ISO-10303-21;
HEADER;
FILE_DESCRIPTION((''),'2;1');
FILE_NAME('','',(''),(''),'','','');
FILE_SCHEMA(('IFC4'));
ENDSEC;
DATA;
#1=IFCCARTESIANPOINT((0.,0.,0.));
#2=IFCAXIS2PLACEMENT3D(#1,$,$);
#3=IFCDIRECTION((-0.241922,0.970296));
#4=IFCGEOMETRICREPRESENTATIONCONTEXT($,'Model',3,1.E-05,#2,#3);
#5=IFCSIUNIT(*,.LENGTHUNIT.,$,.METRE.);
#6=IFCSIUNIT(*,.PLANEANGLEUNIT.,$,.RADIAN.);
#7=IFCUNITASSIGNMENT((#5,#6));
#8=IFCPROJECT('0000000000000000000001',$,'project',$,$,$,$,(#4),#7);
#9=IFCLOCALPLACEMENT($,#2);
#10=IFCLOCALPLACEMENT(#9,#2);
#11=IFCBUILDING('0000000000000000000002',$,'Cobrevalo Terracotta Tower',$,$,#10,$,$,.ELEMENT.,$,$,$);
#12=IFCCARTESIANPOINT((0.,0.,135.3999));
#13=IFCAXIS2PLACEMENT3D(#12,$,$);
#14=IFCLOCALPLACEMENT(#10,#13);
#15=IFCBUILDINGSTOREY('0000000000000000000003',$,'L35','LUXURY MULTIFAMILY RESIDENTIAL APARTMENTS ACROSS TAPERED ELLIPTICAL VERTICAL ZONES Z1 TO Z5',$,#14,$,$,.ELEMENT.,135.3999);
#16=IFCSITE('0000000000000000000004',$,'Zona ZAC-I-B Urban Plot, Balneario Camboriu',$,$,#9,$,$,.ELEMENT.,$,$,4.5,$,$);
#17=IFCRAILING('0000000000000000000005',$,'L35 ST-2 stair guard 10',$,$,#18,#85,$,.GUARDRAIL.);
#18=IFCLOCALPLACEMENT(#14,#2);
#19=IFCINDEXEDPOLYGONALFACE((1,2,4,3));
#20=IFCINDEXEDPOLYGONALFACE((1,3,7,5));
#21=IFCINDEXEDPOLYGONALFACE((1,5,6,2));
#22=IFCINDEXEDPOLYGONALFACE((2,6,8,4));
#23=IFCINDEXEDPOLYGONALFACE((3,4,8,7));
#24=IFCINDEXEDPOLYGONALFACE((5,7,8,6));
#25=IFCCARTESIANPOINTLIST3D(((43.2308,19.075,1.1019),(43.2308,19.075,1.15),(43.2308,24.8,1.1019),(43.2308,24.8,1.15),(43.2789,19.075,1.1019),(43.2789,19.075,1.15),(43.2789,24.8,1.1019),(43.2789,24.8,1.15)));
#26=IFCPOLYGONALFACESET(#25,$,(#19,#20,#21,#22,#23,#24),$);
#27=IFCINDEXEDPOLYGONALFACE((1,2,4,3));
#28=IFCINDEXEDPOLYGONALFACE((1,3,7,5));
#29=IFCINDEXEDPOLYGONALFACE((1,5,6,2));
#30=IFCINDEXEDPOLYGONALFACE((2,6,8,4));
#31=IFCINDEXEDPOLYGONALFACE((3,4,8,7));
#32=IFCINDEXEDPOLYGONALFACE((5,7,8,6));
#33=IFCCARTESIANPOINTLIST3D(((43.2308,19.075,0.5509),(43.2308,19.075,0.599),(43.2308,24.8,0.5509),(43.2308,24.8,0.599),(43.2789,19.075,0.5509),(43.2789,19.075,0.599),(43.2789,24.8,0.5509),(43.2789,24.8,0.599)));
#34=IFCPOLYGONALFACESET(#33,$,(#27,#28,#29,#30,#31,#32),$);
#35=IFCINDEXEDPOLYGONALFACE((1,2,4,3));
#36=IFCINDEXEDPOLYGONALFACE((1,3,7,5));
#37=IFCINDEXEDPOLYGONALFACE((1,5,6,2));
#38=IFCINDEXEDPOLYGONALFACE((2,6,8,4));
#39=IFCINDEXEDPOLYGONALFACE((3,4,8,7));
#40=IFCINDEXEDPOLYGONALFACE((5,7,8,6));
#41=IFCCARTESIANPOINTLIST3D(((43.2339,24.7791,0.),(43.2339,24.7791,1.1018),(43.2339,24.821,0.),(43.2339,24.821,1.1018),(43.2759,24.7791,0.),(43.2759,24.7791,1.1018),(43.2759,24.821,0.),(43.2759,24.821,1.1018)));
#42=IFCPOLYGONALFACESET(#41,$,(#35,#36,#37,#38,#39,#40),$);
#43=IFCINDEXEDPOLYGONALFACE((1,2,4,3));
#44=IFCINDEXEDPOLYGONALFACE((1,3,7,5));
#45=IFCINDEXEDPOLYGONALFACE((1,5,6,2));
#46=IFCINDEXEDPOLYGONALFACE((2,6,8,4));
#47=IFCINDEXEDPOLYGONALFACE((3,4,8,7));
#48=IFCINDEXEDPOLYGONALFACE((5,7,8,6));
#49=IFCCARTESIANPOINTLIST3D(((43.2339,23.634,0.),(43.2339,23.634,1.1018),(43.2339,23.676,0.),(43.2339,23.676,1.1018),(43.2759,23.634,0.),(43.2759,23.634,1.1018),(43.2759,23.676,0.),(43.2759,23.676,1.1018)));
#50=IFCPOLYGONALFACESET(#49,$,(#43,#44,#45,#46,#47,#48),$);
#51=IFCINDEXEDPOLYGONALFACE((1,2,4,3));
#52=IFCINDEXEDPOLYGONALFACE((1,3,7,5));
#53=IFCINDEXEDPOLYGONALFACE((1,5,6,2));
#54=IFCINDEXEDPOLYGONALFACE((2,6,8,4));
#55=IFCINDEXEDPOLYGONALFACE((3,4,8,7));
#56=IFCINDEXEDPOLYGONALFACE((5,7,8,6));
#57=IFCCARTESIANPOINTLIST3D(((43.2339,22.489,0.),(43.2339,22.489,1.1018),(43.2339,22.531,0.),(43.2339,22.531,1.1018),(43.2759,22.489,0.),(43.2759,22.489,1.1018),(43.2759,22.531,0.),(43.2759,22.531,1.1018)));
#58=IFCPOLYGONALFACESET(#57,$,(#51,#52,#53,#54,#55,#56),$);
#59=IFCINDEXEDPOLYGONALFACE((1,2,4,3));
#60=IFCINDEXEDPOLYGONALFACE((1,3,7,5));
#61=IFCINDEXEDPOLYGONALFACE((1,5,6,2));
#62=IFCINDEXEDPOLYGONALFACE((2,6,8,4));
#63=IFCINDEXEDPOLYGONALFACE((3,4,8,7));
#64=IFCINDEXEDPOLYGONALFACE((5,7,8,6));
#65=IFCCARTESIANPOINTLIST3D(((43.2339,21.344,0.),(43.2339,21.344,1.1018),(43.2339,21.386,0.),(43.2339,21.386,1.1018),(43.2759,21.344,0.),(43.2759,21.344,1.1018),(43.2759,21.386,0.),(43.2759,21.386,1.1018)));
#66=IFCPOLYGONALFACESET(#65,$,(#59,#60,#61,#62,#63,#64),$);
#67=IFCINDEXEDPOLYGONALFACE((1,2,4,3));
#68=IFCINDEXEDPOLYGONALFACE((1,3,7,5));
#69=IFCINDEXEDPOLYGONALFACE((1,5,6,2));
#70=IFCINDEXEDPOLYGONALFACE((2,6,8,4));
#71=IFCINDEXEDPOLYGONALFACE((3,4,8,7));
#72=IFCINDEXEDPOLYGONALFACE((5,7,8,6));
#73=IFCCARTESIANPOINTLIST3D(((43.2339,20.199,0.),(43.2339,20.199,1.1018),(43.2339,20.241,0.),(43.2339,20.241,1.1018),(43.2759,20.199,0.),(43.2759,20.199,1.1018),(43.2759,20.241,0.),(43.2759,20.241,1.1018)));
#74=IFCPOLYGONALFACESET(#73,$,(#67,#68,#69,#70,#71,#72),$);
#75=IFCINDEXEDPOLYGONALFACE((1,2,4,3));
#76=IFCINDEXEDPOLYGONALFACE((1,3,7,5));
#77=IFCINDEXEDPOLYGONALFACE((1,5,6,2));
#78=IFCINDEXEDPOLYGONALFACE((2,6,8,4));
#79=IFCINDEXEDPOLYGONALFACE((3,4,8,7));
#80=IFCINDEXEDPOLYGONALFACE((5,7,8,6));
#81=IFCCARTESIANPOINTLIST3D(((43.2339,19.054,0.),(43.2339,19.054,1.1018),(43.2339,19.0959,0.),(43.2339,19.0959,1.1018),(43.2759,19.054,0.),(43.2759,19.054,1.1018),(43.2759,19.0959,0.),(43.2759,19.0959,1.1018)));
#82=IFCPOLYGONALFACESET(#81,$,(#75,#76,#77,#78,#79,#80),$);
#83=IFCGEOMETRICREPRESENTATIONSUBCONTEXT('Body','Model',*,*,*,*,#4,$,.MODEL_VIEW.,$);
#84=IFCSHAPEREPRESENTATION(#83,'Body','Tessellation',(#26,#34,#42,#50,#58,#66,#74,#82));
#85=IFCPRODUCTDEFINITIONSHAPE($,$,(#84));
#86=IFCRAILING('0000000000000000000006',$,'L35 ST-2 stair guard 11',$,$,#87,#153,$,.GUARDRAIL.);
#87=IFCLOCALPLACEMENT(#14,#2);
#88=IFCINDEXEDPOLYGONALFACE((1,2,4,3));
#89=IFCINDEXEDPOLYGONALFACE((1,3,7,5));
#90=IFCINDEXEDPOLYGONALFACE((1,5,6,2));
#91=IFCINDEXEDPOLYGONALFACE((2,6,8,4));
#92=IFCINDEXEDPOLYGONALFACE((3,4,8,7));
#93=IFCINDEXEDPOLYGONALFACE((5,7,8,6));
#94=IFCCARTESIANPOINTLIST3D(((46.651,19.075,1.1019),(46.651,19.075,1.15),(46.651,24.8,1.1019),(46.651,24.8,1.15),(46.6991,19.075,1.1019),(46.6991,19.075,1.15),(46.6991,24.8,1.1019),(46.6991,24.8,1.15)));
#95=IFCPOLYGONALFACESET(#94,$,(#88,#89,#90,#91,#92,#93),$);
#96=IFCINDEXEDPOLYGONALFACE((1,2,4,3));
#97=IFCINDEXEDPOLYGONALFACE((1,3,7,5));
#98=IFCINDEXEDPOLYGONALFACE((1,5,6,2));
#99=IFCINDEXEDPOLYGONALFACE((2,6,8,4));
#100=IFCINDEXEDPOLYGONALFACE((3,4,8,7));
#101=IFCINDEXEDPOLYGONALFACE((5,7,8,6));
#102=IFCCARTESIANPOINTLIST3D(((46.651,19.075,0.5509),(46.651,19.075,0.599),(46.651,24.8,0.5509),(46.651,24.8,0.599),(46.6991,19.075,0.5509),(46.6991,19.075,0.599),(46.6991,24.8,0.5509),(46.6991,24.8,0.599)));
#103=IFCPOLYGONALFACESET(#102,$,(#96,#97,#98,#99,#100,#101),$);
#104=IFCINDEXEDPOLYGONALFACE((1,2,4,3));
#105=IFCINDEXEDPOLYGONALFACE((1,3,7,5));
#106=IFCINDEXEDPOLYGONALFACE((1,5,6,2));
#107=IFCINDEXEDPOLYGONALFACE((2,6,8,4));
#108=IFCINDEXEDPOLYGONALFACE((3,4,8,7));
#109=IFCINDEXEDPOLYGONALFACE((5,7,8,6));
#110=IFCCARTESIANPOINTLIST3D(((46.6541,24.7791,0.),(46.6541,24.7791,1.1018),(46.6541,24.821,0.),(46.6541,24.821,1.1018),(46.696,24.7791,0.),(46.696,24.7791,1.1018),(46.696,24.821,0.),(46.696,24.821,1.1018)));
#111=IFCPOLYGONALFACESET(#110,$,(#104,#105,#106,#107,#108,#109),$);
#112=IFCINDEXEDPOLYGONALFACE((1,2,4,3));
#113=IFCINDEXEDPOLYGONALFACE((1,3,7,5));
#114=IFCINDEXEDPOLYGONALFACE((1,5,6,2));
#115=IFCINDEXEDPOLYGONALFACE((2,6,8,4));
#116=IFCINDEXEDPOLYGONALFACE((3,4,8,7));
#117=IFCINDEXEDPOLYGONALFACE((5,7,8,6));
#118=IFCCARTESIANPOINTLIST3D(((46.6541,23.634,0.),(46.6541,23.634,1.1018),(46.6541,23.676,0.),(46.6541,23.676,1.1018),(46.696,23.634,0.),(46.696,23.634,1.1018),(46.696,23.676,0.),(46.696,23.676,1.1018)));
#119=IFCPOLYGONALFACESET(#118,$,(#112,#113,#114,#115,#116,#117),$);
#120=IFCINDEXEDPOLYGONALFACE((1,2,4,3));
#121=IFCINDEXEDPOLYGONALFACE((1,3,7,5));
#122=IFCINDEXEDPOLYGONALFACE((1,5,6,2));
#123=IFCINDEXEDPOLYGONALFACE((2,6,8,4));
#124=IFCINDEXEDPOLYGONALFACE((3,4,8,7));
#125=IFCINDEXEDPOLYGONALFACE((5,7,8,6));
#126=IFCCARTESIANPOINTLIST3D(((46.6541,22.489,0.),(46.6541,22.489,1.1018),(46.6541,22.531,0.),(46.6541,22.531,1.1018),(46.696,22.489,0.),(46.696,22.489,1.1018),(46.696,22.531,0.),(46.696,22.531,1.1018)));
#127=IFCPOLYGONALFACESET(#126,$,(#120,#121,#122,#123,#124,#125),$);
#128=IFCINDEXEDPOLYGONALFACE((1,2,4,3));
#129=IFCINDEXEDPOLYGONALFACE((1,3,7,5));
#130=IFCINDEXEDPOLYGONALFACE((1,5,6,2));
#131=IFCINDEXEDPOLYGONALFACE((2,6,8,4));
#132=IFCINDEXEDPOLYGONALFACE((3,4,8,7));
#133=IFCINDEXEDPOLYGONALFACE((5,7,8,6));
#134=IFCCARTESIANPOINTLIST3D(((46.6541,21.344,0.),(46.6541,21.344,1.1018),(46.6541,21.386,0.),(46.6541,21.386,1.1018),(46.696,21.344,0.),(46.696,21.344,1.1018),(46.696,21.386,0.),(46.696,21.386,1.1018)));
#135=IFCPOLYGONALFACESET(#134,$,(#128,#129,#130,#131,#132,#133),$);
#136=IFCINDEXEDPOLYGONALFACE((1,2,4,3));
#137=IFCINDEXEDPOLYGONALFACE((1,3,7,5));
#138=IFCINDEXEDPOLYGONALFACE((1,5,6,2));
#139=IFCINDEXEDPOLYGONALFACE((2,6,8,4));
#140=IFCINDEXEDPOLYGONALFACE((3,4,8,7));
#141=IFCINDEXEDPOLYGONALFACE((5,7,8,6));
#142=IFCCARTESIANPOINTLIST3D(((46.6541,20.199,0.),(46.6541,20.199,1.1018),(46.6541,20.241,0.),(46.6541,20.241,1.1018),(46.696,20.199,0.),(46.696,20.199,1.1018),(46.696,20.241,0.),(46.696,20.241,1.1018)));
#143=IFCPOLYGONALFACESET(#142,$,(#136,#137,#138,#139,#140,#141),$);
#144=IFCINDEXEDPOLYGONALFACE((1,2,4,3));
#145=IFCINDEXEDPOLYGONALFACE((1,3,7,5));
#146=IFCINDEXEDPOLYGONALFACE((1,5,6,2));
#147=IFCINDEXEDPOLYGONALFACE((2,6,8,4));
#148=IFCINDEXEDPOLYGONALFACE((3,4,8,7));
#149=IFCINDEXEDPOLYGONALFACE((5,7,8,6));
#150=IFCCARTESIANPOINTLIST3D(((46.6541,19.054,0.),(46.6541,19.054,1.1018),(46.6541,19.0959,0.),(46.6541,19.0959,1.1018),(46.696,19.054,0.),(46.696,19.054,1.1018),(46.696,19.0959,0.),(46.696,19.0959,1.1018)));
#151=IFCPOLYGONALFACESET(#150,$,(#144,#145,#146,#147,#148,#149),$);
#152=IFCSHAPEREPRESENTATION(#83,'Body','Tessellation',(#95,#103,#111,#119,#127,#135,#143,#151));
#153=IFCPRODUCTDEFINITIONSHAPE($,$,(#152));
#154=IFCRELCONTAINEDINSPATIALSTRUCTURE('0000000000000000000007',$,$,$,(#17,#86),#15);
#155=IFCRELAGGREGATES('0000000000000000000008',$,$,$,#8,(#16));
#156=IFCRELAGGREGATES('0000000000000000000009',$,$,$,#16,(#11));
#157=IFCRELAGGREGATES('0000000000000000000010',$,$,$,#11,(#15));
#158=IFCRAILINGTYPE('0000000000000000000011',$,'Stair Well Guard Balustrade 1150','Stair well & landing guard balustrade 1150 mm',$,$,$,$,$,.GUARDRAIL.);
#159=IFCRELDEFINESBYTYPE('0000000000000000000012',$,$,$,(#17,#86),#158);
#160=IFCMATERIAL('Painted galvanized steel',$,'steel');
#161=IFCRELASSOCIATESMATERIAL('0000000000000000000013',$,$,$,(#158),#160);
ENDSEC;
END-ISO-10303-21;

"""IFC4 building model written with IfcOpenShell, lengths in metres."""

from ifc_helpers import new_model, si_unit, direction, frame, origin, origin_2d, place, context, subcontext, project, spatial, rectangle, extrude, material, type_object, element, save


model = new_model("IFC4")

# Units and contexts
model_context = context("Model", 3, precision=1e-05, world=origin(), true_north=direction((-0.241922, 0.970296)))
body_context = subcontext(model_context, "Body", "Model", "MODEL_VIEW")
ifc_project = project(units=[si_unit("LENGTHUNIT", "METRE"), si_unit("PLANEANGLEUNIT", "RADIAN")], contexts=[model_context])

# Site, building, storey
site_placement = place(None, origin())
site = spatial("IfcSite", under=ifc_project, at=site_placement, Name="Zona ZAC-I-B Urban Plot, Balneario Camboriu", CompositionType="ELEMENT", RefElevation=4.5)
building_placement = place(site_placement, origin())
building = spatial("IfcBuilding", under=site, at=building_placement, Name="Cobrevalo Terracotta Tower", CompositionType="ELEMENT")
storey_placement = place(building_placement, frame((0.0, 0.0, 135.3999)))
storey = spatial("IfcBuildingStorey", under=building, at=storey_placement, Name="L35", Description="LUXURY MULTIFAMILY RESIDENTIAL APARTMENTS ACROSS TAPERED ELLIPTICAL VERTICAL ZONES Z1 TO Z5", CompositionType="ELEMENT", Elevation=135.3999)

# Railings
ifc_material_1 = material(Name="Painted galvanized steel", Category="steel")
railing_type_1 = type_object("IfcRailingType", Name="Stair Well Guard Balustrade 1150", Description="Stair well & landing guard balustrade 1150 mm", PredefinedType="GUARDRAIL", material=ifc_material_1)
for number, where, name in (
    (1, (43.2549, 24.8, 0.0), "L35 ST-2 stair guard 10"),
    (2, (46.675, 24.8, 0.0), "L35 ST-2 stair guard 11"),
):
    element("IfcRailing", number, at=place(storey_placement, frame(where)), inside=storey, type_object=railing_type_1, Name=name, PredefinedType="GUARDRAIL", context=body_context, shape_type="SweptSolid", body=[
        extrude(rectangle(XDim=0.0481, YDim=0.0481, at=origin_2d()), frame((0.0, 0.0, 1.126), z_axis=(0.0, -1.0, 0.0), x_axis=(1.0, 0.0, 0.0)), (0.0, 0.0, 1.0), 5.7251),
        extrude(rectangle(XDim=0.0481, YDim=0.0481, at=origin_2d()), frame((0.0, 0.0, 0.575), z_axis=(0.0, -1.0, 0.0), x_axis=(1.0, 0.0, 0.0)), (0.0, 0.0, 1.0), 5.7251),
        extrude(rectangle(XDim=0.042, YDim=0.042, at=origin_2d()), origin(), (0.0, 0.0, 1.0), 1.1018),
        extrude(rectangle(XDim=0.042, YDim=0.042, at=origin_2d()), frame((0.0, -1.145, 0.0)), (0.0, 0.0, 1.0), 1.1018),
        extrude(rectangle(XDim=0.042, YDim=0.042, at=origin_2d()), frame((0.0, -2.29, 0.0)), (0.0, 0.0, 1.0), 1.1018),
        extrude(rectangle(XDim=0.042, YDim=0.042, at=origin_2d()), frame((0.0, -3.4351, 0.0)), (0.0, 0.0, 1.0), 1.1018),
        extrude(rectangle(XDim=0.042, YDim=0.042, at=origin_2d()), frame((0.0, -4.5801, 0.0)), (0.0, 0.0, 1.0), 1.1018),
        extrude(rectangle(XDim=0.042, YDim=0.042, at=origin_2d()), frame((0.0, -5.7251, 0.0)), (0.0, 0.0, 1.0), 1.1018),
    ])

save(model, "model.ifc")
